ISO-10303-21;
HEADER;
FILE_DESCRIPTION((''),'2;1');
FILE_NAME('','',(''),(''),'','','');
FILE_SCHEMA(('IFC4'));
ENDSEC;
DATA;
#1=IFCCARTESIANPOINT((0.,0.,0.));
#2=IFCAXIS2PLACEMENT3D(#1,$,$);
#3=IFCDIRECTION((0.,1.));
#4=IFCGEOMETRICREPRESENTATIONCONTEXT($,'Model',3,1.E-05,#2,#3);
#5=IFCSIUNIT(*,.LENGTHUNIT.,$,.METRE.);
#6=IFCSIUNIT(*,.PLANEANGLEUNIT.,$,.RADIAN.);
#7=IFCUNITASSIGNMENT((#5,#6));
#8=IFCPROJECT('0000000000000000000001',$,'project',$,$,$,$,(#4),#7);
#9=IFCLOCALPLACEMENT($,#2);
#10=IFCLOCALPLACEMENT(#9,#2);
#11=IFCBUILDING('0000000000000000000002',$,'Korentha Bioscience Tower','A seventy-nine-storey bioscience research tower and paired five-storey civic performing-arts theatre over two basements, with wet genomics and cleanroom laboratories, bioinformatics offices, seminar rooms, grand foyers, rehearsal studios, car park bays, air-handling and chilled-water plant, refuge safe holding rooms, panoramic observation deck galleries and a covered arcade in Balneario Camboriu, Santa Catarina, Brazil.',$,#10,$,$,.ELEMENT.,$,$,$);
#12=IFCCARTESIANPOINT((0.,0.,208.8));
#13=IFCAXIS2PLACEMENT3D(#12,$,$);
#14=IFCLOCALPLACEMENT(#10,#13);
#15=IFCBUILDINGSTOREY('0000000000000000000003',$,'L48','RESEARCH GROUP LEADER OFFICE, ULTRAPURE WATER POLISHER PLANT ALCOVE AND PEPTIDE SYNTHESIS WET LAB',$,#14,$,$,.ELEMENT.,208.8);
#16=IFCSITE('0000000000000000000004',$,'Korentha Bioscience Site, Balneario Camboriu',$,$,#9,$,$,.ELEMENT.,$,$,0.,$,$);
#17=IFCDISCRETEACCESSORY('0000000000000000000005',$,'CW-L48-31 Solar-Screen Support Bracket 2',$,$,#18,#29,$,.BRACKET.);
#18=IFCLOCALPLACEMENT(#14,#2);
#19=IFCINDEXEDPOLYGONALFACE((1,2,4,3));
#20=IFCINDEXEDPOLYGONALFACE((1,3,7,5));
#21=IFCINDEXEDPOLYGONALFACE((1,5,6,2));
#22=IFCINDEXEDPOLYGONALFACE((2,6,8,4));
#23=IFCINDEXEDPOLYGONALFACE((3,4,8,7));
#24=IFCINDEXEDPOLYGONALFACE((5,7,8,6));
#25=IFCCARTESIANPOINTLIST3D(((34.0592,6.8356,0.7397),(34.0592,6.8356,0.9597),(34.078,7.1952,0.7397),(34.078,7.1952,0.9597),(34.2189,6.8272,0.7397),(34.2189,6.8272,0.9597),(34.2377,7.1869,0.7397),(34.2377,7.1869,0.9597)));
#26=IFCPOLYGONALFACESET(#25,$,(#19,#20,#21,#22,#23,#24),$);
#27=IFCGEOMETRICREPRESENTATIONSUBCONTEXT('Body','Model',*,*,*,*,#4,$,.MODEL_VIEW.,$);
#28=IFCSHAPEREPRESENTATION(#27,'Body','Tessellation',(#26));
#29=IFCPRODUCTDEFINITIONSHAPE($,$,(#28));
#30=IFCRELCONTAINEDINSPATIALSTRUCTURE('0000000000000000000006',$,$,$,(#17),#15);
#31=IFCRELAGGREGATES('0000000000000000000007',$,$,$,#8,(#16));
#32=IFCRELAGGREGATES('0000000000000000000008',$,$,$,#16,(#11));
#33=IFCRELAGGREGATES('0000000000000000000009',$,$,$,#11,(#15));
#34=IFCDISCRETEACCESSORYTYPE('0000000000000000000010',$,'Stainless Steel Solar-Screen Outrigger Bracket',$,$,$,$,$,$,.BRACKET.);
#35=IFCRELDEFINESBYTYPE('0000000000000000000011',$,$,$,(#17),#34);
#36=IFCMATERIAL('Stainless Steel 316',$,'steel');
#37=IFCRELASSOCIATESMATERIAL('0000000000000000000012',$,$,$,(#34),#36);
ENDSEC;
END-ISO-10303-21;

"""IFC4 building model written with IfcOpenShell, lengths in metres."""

from ifc_helpers import new_model, si_unit, direction, frame, origin, origin_2d, place, context, subcontext, project, spatial, rectangle, extrude, material, type_object, element, save


model = new_model("IFC4")

# Units and contexts
model_context = context("Model", 3, precision=1e-05, world=origin(), true_north=direction((0.0, 1.0)))
body_context = subcontext(model_context, "Body", "Model", "MODEL_VIEW")
ifc_project = project(units=[si_unit("LENGTHUNIT", "METRE"), si_unit("PLANEANGLEUNIT", "RADIAN")], contexts=[model_context])

# Site, building, storey
site_placement = place(None, origin())
site = spatial("IfcSite", under=ifc_project, at=site_placement, Name="Korentha Bioscience Site, Balneario Camboriu", CompositionType="ELEMENT", RefElevation=0.0)
building_placement = place(site_placement, origin())
building = spatial("IfcBuilding", under=site, at=building_placement, Name="Korentha Bioscience Tower", Description="A seventy-nine-storey bioscience research tower and paired five-storey civic performing-arts theatre over two basements, with wet genomics and cleanroom laboratories, bioinformatics offices, seminar rooms, grand foyers, rehearsal studios, car park bays, air-handling and chilled-water plant, refuge safe holding rooms, panoramic observation deck galleries and a covered arcade in Balneario Camboriu, Santa Catarina, Brazil.", CompositionType="ELEMENT")
storey_placement = place(building_placement, frame((0.0, 0.0, 208.8)))
storey = spatial("IfcBuildingStorey", under=building, at=storey_placement, Name="L48", Description="RESEARCH GROUP LEADER OFFICE, ULTRAPURE WATER POLISHER PLANT ALCOVE AND PEPTIDE SYNTHESIS WET LAB", CompositionType="ELEMENT", Elevation=208.8)

# Discrete accessory
ifc_material_1 = material(Name="Stainless Steel 316", Category="steel")
discrete_accessory_type = type_object("IfcDiscreteAccessoryType", Name="Stainless Steel Solar-Screen Outrigger Bracket", PredefinedType="BRACKET", material=ifc_material_1)
for number, where, z_axis, x_axis, name in (
    (1, (34.1484, 7.0112, 0.7397), (0.0, 0.0, 1.0), (0.998635, -0.052239, 0.0), "CW-L48-31 Solar-Screen Support Bracket 2"),
):
    element("IfcDiscreteAccessory", number, at=place(storey_placement, frame(where, z_axis=z_axis, x_axis=x_axis)), inside=storey, type_object=discrete_accessory_type, Name=name, PredefinedType="BRACKET", context=body_context, shape_type="SweptSolid", body=[
        extrude(rectangle(XDim=0.1599, YDim=0.3601, at=origin_2d()), origin(), (0.0, 0.0, 1.0), 0.22),
    ])

save(model, "model.ifc")
